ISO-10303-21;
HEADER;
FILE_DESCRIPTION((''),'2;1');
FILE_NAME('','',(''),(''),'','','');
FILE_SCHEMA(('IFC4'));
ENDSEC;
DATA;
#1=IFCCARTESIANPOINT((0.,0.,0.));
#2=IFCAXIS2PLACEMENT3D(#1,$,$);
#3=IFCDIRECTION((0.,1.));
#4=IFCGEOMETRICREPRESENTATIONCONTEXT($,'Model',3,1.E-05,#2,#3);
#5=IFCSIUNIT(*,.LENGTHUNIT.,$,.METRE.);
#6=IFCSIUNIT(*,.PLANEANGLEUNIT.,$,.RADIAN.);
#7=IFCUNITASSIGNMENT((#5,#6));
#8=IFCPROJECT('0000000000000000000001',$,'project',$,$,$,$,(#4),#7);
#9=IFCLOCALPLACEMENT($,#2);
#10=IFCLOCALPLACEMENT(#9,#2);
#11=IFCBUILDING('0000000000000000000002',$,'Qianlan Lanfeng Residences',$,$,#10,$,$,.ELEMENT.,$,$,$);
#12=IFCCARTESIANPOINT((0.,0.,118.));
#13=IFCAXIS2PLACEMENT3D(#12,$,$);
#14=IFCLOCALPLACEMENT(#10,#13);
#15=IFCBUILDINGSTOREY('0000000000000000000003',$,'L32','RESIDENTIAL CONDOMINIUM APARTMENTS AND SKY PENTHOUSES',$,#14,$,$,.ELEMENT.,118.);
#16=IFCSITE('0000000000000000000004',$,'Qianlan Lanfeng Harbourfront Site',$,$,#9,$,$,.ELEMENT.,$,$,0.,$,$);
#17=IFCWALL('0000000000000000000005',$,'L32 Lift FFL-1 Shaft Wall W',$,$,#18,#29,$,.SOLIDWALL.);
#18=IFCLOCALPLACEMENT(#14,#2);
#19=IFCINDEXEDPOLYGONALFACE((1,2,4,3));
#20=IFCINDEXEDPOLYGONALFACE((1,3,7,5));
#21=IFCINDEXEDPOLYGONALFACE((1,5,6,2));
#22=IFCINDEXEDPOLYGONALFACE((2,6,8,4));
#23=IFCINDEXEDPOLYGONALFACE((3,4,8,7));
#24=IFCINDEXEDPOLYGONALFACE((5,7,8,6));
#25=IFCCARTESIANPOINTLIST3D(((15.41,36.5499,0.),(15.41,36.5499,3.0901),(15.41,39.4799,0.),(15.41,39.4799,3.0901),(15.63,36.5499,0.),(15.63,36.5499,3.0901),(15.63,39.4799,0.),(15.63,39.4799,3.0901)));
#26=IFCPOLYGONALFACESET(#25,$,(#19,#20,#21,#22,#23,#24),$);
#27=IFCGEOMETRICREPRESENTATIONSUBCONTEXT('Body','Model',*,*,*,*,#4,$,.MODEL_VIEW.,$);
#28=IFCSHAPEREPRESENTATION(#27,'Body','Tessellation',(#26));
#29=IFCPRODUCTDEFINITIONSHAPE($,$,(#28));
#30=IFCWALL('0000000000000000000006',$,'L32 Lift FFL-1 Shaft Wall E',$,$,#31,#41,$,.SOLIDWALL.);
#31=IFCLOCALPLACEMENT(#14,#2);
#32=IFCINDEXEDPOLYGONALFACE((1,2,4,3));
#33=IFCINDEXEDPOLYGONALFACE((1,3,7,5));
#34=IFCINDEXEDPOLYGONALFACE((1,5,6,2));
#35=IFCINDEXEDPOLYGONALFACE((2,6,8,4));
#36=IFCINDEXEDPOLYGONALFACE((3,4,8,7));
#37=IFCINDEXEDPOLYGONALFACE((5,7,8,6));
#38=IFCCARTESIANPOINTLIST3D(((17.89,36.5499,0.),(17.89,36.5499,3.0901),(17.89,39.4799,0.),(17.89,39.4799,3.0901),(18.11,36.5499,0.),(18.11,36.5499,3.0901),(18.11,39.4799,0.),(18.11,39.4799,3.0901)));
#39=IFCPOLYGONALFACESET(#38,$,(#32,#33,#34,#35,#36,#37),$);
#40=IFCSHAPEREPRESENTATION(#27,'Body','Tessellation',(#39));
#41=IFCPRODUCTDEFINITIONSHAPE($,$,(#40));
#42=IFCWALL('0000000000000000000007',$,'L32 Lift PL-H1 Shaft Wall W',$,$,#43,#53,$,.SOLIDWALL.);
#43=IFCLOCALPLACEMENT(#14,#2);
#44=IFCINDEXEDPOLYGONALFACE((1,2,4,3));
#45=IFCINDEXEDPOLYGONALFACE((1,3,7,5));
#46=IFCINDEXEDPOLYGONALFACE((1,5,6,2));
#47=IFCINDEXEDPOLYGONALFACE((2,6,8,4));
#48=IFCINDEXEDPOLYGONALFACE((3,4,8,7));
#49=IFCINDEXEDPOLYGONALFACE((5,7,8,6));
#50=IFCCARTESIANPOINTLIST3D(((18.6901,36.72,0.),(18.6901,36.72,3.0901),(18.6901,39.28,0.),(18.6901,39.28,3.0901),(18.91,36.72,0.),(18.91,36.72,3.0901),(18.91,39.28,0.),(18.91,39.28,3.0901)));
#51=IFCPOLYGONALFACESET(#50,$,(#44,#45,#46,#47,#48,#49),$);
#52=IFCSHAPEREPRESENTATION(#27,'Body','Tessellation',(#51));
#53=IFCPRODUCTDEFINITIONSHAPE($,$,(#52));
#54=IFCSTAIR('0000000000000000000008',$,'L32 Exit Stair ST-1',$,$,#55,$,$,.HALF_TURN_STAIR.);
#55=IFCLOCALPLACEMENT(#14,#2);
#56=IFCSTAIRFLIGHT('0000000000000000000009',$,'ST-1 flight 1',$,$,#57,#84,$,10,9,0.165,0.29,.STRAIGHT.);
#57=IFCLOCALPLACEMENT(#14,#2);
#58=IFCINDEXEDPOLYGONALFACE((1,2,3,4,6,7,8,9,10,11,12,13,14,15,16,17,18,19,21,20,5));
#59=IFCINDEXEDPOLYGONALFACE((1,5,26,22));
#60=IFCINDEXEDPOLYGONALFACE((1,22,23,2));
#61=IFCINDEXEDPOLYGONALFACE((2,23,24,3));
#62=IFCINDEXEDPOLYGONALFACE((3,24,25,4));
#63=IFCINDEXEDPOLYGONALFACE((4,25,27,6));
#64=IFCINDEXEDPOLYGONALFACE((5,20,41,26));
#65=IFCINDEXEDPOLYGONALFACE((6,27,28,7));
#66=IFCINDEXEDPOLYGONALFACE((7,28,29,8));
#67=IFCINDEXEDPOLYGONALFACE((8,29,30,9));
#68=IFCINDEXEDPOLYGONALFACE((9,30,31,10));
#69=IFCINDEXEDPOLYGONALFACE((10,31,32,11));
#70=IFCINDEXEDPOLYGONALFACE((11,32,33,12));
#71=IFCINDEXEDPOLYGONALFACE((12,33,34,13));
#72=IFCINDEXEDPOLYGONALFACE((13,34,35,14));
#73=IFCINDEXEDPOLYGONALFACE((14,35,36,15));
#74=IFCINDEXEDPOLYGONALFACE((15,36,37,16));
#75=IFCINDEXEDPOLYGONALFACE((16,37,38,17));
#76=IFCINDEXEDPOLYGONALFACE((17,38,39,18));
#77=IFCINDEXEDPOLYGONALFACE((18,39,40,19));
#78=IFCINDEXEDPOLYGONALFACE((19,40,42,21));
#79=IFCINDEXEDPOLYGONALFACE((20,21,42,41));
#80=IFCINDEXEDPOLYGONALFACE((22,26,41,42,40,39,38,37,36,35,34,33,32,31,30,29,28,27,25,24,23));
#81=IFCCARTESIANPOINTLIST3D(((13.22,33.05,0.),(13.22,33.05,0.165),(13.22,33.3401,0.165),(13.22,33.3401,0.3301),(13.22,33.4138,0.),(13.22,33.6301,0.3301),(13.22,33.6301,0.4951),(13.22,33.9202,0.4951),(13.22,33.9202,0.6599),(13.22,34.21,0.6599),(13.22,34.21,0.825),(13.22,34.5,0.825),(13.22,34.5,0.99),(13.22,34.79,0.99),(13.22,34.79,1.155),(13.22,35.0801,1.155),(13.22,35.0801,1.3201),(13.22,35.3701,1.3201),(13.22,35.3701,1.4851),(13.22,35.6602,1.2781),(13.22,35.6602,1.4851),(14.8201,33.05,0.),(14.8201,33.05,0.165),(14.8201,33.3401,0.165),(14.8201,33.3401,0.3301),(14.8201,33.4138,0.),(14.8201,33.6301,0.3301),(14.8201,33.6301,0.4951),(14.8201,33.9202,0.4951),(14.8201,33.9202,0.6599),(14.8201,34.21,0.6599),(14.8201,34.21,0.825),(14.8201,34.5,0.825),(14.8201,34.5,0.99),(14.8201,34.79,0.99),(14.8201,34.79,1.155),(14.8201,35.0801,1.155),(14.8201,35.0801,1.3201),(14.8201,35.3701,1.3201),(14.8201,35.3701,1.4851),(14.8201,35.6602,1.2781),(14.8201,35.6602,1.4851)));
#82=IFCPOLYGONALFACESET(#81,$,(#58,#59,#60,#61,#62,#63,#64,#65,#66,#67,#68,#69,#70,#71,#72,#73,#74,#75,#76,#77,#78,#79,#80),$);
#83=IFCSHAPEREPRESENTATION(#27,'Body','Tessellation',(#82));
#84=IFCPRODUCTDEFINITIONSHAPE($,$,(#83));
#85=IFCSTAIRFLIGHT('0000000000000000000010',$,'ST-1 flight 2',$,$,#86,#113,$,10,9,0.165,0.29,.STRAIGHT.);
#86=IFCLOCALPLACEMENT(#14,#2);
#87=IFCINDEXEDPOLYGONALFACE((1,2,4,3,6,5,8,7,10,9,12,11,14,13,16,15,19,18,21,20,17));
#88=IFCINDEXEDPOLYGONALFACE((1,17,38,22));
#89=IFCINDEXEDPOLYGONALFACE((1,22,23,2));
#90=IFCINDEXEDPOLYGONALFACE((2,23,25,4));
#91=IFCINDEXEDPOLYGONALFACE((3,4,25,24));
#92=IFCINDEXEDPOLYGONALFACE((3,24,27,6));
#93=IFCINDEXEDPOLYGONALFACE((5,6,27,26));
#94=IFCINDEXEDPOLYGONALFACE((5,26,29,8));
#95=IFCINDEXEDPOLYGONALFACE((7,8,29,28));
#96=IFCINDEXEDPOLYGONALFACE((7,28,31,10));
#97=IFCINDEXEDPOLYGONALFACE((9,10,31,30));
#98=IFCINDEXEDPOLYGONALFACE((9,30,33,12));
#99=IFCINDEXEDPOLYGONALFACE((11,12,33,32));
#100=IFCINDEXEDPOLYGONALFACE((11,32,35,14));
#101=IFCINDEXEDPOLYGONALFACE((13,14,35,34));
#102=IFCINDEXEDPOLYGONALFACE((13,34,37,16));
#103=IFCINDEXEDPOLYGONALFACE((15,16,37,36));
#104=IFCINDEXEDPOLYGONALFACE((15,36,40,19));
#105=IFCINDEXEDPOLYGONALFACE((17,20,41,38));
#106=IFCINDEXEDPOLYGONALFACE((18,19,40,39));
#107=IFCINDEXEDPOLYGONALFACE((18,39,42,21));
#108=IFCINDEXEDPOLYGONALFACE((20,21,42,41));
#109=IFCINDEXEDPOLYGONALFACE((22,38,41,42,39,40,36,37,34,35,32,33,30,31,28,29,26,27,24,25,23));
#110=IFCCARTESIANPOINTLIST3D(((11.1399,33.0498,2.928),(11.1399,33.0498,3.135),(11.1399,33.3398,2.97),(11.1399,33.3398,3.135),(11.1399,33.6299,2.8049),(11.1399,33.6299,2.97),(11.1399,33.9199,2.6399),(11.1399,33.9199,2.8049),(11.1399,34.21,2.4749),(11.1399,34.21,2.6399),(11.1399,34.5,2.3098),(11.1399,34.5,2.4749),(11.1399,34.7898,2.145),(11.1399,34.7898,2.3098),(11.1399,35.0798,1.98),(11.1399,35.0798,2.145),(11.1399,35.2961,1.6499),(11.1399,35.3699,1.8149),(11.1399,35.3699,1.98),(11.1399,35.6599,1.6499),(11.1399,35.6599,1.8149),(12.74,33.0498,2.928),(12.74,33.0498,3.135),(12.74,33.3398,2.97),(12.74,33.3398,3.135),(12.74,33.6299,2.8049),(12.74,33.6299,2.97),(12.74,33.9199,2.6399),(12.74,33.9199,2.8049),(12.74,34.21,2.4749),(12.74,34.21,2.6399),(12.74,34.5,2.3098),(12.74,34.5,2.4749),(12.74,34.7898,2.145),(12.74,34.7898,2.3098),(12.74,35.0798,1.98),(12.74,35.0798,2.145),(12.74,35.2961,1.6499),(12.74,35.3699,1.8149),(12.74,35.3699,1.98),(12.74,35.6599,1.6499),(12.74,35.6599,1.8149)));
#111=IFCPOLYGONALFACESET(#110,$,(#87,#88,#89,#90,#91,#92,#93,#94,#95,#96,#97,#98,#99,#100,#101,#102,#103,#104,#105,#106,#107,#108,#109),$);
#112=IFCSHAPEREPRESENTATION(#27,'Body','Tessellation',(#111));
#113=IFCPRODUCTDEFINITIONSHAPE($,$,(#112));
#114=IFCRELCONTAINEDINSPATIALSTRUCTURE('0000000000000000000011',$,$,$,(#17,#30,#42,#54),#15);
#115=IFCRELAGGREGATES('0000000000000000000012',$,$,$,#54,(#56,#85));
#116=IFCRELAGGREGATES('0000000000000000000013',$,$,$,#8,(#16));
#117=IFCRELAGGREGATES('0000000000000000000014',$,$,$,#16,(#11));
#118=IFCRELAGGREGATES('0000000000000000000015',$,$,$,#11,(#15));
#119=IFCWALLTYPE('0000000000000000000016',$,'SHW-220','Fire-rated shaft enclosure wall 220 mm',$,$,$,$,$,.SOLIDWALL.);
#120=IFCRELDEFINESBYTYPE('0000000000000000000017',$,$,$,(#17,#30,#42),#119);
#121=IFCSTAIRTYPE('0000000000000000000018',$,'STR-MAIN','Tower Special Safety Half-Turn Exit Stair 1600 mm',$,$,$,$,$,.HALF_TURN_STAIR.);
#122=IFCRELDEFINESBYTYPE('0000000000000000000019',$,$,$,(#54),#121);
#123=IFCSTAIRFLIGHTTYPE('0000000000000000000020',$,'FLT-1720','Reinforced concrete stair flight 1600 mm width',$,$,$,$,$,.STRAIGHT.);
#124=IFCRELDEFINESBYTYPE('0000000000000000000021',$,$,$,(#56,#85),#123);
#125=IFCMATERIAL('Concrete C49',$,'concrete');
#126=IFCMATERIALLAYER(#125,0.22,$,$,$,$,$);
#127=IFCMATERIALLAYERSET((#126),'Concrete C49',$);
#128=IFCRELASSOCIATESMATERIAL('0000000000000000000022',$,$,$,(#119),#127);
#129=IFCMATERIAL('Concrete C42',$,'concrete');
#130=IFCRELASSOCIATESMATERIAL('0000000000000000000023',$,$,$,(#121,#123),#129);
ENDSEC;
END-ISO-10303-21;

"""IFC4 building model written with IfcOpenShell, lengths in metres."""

from ifc_helpers import new_model, si_unit, direction, frame, frame_2d, origin, place, context, subcontext, project, spatial, polyline, rectangle, outline, extrude, material, layer, layer_set, type_object, element, aggregate, save


model = new_model("IFC4")

# Units and contexts
model_context = context("Model", 3, precision=1e-05, world=origin(), true_north=direction((0.0, 1.0)))
body_context = subcontext(model_context, "Body", "Model", "MODEL_VIEW")
ifc_project = project(units=[si_unit("LENGTHUNIT", "METRE"), si_unit("PLANEANGLEUNIT", "RADIAN")], contexts=[model_context])

# Site, building, storey
site_placement = place(None, origin())
site = spatial("IfcSite", under=ifc_project, at=site_placement, Name="Qianlan Lanfeng Harbourfront Site", CompositionType="ELEMENT", RefElevation=0.0)
building_placement = place(site_placement, origin())
building = spatial("IfcBuilding", under=site, at=building_placement, Name="Qianlan Lanfeng Residences", CompositionType="ELEMENT")
storey_placement = place(building_placement, frame((0.0, 0.0, 118.0)))
storey = spatial("IfcBuildingStorey", under=building, at=storey_placement, Name="L32", Description="RESIDENTIAL CONDOMINIUM APARTMENTS AND SKY PENTHOUSES", CompositionType="ELEMENT", Elevation=118.0)

# Walls
ifc_material_1 = material(Name="Concrete C49", Category="concrete")
ifc_layer_1 = layer(ifc_material_1, 0.22)
ifc_layer_set_1 = layer_set([ifc_layer_1], Name="Concrete C49")
wall_type_1 = type_object("IfcWallType", Name="SHW-220", Description="Fire-rated shaft enclosure wall 220 mm", PredefinedType="SOLIDWALL", material=ifc_layer_set_1)
for number, where, z_axis, x_axis, name in (
    (1, (15.52, 36.55, 0.0), (0.0, 0.0, 1.0), (0.0, 1.0, 0.0), "L32 Lift FFL-1 Shaft Wall W"),
    (2, (18.0, 36.55, 0.0), (0.0, 0.0, 1.0), (0.0, 1.0, 0.0), "L32 Lift FFL-1 Shaft Wall E"),
):
    element("IfcWall", number, at=place(storey_placement, frame(where, z_axis=z_axis, x_axis=x_axis)), inside=storey, type_object=wall_type_1, Name=name, PredefinedType="SOLIDWALL", context=body_context, shape_type="SweptSolid", body=[
        extrude(rectangle(XDim=2.9299, YDim=0.22, at=frame_2d((1.4648, 0.0))), origin(), (0.0, 0.0, 1.0), 3.0901),
    ])
wall_1_placement = place(storey_placement, frame((18.8, 36.72, 0.0), z_axis=(0.0, 0.0, 1.0), x_axis=(0.0, 1.0, 0.0)))
element("IfcWall", 3, at=wall_1_placement, inside=storey, type_object=wall_type_1, Name="L32 Lift PL-H1 Shaft Wall W", PredefinedType="SOLIDWALL", context=body_context, shape_type="SweptSolid", body=[
    extrude(rectangle(XDim=2.5601, YDim=0.22, at=frame_2d((1.28, 0.0))), origin(), (0.0, 0.0, 1.0), 3.0901),
])

# Stair, stair flights
ifc_material_2 = material(Name="Concrete C42", Category="concrete")
stair_type = type_object("IfcStairType", Name="STR-MAIN", Description="Tower Special Safety Half-Turn Exit Stair 1600 mm", PredefinedType="HALF_TURN_STAIR", material=ifc_material_2)
stair_placement = place(storey_placement, origin())
stair = element("IfcStair", 4, at=stair_placement, inside=storey, type_object=stair_type, Name="L32 Exit Stair ST-1", PredefinedType="HALF_TURN_STAIR")
stair_flight_type = type_object("IfcStairFlightType", Name="FLT-1720", Description="Reinforced concrete stair flight 1600 mm width", PredefinedType="STRAIGHT", material=ifc_material_2)
stair_flight_1_placement = place(storey_placement, frame((14.02, 33.05, 0.0), z_axis=(0.0, 0.0, 1.0), x_axis=(0.0, 1.0, 0.0)))
stair_flight_1 = element("IfcStairFlight", 5, at=stair_flight_1_placement, type_object=stair_flight_type, Name="ST-1 flight 1", NumberOfRisers=10, NumberOfTreads=9, PredefinedType="STRAIGHT", RiserHeight=0.165, TreadLength=0.29, context=body_context, shape_type="SweptSolid", body=[
    extrude(outline(polyline([(0.0, 0.0), (0.0, 0.165), (0.29, 0.165), (0.29, 0.3301), (0.5801, 0.3301), (0.5801, 0.4951), (0.8701, 0.4951), (0.8701, 0.6599), (1.1599, 0.6599), (1.1599, 0.825), (1.45, 0.825), (1.45, 0.99), (1.74, 0.99), (1.74, 1.155), (2.03, 1.155), (2.03, 1.3201), (2.3201, 1.3201), (2.3201, 1.4851), (2.6101, 1.4851), (2.6101, 1.6499), (2.6101, 1.2781), (0.3638, 0.0), (0.0, 0.0)])), frame((0.0, 0.8, 0.0), z_axis=(0.0, -1.0, 0.0), x_axis=(1.0, 0.0, 0.0)), (0.0, 0.0, 1.0), 1.6001),
])
stair_flight_2_placement = place(storey_placement, frame((11.9399, 35.6599, 1.6499), z_axis=(0.0, 0.0, 1.0), x_axis=(0.0, -1.0, 0.0)))
stair_flight_2 = element("IfcStairFlight", 6, at=stair_flight_2_placement, type_object=stair_flight_type, Name="ST-1 flight 2", NumberOfRisers=10, NumberOfTreads=9, PredefinedType="STRAIGHT", RiserHeight=0.165, TreadLength=0.29, context=body_context, shape_type="SweptSolid", body=[
    extrude(outline(polyline([(0.0, 0.0), (0.0, 0.165), (0.29, 0.165), (0.29, 0.3301), (0.5801, 0.3301), (0.5801, 0.4951), (0.8701, 0.4951), (0.8701, 0.6599), (1.1599, 0.6599), (1.1599, 0.825), (1.45, 0.825), (1.45, 0.99), (1.74, 0.99), (1.74, 1.155), (2.03, 1.155), (2.03, 1.3201), (2.3201, 1.3201), (2.3201, 1.4851), (2.6101, 1.4851), (2.6101, 1.6499), (2.6101, 1.2781), (0.3638, 0.0), (0.0, 0.0)])), frame((0.0, 0.8, 0.0), z_axis=(0.0, -1.0, 0.0), x_axis=(1.0, 0.0, 0.0)), (0.0, 0.0, 1.0), 1.6001),
])
aggregate(stair, [stair_flight_1, stair_flight_2])

save(model, "model.ifc")
